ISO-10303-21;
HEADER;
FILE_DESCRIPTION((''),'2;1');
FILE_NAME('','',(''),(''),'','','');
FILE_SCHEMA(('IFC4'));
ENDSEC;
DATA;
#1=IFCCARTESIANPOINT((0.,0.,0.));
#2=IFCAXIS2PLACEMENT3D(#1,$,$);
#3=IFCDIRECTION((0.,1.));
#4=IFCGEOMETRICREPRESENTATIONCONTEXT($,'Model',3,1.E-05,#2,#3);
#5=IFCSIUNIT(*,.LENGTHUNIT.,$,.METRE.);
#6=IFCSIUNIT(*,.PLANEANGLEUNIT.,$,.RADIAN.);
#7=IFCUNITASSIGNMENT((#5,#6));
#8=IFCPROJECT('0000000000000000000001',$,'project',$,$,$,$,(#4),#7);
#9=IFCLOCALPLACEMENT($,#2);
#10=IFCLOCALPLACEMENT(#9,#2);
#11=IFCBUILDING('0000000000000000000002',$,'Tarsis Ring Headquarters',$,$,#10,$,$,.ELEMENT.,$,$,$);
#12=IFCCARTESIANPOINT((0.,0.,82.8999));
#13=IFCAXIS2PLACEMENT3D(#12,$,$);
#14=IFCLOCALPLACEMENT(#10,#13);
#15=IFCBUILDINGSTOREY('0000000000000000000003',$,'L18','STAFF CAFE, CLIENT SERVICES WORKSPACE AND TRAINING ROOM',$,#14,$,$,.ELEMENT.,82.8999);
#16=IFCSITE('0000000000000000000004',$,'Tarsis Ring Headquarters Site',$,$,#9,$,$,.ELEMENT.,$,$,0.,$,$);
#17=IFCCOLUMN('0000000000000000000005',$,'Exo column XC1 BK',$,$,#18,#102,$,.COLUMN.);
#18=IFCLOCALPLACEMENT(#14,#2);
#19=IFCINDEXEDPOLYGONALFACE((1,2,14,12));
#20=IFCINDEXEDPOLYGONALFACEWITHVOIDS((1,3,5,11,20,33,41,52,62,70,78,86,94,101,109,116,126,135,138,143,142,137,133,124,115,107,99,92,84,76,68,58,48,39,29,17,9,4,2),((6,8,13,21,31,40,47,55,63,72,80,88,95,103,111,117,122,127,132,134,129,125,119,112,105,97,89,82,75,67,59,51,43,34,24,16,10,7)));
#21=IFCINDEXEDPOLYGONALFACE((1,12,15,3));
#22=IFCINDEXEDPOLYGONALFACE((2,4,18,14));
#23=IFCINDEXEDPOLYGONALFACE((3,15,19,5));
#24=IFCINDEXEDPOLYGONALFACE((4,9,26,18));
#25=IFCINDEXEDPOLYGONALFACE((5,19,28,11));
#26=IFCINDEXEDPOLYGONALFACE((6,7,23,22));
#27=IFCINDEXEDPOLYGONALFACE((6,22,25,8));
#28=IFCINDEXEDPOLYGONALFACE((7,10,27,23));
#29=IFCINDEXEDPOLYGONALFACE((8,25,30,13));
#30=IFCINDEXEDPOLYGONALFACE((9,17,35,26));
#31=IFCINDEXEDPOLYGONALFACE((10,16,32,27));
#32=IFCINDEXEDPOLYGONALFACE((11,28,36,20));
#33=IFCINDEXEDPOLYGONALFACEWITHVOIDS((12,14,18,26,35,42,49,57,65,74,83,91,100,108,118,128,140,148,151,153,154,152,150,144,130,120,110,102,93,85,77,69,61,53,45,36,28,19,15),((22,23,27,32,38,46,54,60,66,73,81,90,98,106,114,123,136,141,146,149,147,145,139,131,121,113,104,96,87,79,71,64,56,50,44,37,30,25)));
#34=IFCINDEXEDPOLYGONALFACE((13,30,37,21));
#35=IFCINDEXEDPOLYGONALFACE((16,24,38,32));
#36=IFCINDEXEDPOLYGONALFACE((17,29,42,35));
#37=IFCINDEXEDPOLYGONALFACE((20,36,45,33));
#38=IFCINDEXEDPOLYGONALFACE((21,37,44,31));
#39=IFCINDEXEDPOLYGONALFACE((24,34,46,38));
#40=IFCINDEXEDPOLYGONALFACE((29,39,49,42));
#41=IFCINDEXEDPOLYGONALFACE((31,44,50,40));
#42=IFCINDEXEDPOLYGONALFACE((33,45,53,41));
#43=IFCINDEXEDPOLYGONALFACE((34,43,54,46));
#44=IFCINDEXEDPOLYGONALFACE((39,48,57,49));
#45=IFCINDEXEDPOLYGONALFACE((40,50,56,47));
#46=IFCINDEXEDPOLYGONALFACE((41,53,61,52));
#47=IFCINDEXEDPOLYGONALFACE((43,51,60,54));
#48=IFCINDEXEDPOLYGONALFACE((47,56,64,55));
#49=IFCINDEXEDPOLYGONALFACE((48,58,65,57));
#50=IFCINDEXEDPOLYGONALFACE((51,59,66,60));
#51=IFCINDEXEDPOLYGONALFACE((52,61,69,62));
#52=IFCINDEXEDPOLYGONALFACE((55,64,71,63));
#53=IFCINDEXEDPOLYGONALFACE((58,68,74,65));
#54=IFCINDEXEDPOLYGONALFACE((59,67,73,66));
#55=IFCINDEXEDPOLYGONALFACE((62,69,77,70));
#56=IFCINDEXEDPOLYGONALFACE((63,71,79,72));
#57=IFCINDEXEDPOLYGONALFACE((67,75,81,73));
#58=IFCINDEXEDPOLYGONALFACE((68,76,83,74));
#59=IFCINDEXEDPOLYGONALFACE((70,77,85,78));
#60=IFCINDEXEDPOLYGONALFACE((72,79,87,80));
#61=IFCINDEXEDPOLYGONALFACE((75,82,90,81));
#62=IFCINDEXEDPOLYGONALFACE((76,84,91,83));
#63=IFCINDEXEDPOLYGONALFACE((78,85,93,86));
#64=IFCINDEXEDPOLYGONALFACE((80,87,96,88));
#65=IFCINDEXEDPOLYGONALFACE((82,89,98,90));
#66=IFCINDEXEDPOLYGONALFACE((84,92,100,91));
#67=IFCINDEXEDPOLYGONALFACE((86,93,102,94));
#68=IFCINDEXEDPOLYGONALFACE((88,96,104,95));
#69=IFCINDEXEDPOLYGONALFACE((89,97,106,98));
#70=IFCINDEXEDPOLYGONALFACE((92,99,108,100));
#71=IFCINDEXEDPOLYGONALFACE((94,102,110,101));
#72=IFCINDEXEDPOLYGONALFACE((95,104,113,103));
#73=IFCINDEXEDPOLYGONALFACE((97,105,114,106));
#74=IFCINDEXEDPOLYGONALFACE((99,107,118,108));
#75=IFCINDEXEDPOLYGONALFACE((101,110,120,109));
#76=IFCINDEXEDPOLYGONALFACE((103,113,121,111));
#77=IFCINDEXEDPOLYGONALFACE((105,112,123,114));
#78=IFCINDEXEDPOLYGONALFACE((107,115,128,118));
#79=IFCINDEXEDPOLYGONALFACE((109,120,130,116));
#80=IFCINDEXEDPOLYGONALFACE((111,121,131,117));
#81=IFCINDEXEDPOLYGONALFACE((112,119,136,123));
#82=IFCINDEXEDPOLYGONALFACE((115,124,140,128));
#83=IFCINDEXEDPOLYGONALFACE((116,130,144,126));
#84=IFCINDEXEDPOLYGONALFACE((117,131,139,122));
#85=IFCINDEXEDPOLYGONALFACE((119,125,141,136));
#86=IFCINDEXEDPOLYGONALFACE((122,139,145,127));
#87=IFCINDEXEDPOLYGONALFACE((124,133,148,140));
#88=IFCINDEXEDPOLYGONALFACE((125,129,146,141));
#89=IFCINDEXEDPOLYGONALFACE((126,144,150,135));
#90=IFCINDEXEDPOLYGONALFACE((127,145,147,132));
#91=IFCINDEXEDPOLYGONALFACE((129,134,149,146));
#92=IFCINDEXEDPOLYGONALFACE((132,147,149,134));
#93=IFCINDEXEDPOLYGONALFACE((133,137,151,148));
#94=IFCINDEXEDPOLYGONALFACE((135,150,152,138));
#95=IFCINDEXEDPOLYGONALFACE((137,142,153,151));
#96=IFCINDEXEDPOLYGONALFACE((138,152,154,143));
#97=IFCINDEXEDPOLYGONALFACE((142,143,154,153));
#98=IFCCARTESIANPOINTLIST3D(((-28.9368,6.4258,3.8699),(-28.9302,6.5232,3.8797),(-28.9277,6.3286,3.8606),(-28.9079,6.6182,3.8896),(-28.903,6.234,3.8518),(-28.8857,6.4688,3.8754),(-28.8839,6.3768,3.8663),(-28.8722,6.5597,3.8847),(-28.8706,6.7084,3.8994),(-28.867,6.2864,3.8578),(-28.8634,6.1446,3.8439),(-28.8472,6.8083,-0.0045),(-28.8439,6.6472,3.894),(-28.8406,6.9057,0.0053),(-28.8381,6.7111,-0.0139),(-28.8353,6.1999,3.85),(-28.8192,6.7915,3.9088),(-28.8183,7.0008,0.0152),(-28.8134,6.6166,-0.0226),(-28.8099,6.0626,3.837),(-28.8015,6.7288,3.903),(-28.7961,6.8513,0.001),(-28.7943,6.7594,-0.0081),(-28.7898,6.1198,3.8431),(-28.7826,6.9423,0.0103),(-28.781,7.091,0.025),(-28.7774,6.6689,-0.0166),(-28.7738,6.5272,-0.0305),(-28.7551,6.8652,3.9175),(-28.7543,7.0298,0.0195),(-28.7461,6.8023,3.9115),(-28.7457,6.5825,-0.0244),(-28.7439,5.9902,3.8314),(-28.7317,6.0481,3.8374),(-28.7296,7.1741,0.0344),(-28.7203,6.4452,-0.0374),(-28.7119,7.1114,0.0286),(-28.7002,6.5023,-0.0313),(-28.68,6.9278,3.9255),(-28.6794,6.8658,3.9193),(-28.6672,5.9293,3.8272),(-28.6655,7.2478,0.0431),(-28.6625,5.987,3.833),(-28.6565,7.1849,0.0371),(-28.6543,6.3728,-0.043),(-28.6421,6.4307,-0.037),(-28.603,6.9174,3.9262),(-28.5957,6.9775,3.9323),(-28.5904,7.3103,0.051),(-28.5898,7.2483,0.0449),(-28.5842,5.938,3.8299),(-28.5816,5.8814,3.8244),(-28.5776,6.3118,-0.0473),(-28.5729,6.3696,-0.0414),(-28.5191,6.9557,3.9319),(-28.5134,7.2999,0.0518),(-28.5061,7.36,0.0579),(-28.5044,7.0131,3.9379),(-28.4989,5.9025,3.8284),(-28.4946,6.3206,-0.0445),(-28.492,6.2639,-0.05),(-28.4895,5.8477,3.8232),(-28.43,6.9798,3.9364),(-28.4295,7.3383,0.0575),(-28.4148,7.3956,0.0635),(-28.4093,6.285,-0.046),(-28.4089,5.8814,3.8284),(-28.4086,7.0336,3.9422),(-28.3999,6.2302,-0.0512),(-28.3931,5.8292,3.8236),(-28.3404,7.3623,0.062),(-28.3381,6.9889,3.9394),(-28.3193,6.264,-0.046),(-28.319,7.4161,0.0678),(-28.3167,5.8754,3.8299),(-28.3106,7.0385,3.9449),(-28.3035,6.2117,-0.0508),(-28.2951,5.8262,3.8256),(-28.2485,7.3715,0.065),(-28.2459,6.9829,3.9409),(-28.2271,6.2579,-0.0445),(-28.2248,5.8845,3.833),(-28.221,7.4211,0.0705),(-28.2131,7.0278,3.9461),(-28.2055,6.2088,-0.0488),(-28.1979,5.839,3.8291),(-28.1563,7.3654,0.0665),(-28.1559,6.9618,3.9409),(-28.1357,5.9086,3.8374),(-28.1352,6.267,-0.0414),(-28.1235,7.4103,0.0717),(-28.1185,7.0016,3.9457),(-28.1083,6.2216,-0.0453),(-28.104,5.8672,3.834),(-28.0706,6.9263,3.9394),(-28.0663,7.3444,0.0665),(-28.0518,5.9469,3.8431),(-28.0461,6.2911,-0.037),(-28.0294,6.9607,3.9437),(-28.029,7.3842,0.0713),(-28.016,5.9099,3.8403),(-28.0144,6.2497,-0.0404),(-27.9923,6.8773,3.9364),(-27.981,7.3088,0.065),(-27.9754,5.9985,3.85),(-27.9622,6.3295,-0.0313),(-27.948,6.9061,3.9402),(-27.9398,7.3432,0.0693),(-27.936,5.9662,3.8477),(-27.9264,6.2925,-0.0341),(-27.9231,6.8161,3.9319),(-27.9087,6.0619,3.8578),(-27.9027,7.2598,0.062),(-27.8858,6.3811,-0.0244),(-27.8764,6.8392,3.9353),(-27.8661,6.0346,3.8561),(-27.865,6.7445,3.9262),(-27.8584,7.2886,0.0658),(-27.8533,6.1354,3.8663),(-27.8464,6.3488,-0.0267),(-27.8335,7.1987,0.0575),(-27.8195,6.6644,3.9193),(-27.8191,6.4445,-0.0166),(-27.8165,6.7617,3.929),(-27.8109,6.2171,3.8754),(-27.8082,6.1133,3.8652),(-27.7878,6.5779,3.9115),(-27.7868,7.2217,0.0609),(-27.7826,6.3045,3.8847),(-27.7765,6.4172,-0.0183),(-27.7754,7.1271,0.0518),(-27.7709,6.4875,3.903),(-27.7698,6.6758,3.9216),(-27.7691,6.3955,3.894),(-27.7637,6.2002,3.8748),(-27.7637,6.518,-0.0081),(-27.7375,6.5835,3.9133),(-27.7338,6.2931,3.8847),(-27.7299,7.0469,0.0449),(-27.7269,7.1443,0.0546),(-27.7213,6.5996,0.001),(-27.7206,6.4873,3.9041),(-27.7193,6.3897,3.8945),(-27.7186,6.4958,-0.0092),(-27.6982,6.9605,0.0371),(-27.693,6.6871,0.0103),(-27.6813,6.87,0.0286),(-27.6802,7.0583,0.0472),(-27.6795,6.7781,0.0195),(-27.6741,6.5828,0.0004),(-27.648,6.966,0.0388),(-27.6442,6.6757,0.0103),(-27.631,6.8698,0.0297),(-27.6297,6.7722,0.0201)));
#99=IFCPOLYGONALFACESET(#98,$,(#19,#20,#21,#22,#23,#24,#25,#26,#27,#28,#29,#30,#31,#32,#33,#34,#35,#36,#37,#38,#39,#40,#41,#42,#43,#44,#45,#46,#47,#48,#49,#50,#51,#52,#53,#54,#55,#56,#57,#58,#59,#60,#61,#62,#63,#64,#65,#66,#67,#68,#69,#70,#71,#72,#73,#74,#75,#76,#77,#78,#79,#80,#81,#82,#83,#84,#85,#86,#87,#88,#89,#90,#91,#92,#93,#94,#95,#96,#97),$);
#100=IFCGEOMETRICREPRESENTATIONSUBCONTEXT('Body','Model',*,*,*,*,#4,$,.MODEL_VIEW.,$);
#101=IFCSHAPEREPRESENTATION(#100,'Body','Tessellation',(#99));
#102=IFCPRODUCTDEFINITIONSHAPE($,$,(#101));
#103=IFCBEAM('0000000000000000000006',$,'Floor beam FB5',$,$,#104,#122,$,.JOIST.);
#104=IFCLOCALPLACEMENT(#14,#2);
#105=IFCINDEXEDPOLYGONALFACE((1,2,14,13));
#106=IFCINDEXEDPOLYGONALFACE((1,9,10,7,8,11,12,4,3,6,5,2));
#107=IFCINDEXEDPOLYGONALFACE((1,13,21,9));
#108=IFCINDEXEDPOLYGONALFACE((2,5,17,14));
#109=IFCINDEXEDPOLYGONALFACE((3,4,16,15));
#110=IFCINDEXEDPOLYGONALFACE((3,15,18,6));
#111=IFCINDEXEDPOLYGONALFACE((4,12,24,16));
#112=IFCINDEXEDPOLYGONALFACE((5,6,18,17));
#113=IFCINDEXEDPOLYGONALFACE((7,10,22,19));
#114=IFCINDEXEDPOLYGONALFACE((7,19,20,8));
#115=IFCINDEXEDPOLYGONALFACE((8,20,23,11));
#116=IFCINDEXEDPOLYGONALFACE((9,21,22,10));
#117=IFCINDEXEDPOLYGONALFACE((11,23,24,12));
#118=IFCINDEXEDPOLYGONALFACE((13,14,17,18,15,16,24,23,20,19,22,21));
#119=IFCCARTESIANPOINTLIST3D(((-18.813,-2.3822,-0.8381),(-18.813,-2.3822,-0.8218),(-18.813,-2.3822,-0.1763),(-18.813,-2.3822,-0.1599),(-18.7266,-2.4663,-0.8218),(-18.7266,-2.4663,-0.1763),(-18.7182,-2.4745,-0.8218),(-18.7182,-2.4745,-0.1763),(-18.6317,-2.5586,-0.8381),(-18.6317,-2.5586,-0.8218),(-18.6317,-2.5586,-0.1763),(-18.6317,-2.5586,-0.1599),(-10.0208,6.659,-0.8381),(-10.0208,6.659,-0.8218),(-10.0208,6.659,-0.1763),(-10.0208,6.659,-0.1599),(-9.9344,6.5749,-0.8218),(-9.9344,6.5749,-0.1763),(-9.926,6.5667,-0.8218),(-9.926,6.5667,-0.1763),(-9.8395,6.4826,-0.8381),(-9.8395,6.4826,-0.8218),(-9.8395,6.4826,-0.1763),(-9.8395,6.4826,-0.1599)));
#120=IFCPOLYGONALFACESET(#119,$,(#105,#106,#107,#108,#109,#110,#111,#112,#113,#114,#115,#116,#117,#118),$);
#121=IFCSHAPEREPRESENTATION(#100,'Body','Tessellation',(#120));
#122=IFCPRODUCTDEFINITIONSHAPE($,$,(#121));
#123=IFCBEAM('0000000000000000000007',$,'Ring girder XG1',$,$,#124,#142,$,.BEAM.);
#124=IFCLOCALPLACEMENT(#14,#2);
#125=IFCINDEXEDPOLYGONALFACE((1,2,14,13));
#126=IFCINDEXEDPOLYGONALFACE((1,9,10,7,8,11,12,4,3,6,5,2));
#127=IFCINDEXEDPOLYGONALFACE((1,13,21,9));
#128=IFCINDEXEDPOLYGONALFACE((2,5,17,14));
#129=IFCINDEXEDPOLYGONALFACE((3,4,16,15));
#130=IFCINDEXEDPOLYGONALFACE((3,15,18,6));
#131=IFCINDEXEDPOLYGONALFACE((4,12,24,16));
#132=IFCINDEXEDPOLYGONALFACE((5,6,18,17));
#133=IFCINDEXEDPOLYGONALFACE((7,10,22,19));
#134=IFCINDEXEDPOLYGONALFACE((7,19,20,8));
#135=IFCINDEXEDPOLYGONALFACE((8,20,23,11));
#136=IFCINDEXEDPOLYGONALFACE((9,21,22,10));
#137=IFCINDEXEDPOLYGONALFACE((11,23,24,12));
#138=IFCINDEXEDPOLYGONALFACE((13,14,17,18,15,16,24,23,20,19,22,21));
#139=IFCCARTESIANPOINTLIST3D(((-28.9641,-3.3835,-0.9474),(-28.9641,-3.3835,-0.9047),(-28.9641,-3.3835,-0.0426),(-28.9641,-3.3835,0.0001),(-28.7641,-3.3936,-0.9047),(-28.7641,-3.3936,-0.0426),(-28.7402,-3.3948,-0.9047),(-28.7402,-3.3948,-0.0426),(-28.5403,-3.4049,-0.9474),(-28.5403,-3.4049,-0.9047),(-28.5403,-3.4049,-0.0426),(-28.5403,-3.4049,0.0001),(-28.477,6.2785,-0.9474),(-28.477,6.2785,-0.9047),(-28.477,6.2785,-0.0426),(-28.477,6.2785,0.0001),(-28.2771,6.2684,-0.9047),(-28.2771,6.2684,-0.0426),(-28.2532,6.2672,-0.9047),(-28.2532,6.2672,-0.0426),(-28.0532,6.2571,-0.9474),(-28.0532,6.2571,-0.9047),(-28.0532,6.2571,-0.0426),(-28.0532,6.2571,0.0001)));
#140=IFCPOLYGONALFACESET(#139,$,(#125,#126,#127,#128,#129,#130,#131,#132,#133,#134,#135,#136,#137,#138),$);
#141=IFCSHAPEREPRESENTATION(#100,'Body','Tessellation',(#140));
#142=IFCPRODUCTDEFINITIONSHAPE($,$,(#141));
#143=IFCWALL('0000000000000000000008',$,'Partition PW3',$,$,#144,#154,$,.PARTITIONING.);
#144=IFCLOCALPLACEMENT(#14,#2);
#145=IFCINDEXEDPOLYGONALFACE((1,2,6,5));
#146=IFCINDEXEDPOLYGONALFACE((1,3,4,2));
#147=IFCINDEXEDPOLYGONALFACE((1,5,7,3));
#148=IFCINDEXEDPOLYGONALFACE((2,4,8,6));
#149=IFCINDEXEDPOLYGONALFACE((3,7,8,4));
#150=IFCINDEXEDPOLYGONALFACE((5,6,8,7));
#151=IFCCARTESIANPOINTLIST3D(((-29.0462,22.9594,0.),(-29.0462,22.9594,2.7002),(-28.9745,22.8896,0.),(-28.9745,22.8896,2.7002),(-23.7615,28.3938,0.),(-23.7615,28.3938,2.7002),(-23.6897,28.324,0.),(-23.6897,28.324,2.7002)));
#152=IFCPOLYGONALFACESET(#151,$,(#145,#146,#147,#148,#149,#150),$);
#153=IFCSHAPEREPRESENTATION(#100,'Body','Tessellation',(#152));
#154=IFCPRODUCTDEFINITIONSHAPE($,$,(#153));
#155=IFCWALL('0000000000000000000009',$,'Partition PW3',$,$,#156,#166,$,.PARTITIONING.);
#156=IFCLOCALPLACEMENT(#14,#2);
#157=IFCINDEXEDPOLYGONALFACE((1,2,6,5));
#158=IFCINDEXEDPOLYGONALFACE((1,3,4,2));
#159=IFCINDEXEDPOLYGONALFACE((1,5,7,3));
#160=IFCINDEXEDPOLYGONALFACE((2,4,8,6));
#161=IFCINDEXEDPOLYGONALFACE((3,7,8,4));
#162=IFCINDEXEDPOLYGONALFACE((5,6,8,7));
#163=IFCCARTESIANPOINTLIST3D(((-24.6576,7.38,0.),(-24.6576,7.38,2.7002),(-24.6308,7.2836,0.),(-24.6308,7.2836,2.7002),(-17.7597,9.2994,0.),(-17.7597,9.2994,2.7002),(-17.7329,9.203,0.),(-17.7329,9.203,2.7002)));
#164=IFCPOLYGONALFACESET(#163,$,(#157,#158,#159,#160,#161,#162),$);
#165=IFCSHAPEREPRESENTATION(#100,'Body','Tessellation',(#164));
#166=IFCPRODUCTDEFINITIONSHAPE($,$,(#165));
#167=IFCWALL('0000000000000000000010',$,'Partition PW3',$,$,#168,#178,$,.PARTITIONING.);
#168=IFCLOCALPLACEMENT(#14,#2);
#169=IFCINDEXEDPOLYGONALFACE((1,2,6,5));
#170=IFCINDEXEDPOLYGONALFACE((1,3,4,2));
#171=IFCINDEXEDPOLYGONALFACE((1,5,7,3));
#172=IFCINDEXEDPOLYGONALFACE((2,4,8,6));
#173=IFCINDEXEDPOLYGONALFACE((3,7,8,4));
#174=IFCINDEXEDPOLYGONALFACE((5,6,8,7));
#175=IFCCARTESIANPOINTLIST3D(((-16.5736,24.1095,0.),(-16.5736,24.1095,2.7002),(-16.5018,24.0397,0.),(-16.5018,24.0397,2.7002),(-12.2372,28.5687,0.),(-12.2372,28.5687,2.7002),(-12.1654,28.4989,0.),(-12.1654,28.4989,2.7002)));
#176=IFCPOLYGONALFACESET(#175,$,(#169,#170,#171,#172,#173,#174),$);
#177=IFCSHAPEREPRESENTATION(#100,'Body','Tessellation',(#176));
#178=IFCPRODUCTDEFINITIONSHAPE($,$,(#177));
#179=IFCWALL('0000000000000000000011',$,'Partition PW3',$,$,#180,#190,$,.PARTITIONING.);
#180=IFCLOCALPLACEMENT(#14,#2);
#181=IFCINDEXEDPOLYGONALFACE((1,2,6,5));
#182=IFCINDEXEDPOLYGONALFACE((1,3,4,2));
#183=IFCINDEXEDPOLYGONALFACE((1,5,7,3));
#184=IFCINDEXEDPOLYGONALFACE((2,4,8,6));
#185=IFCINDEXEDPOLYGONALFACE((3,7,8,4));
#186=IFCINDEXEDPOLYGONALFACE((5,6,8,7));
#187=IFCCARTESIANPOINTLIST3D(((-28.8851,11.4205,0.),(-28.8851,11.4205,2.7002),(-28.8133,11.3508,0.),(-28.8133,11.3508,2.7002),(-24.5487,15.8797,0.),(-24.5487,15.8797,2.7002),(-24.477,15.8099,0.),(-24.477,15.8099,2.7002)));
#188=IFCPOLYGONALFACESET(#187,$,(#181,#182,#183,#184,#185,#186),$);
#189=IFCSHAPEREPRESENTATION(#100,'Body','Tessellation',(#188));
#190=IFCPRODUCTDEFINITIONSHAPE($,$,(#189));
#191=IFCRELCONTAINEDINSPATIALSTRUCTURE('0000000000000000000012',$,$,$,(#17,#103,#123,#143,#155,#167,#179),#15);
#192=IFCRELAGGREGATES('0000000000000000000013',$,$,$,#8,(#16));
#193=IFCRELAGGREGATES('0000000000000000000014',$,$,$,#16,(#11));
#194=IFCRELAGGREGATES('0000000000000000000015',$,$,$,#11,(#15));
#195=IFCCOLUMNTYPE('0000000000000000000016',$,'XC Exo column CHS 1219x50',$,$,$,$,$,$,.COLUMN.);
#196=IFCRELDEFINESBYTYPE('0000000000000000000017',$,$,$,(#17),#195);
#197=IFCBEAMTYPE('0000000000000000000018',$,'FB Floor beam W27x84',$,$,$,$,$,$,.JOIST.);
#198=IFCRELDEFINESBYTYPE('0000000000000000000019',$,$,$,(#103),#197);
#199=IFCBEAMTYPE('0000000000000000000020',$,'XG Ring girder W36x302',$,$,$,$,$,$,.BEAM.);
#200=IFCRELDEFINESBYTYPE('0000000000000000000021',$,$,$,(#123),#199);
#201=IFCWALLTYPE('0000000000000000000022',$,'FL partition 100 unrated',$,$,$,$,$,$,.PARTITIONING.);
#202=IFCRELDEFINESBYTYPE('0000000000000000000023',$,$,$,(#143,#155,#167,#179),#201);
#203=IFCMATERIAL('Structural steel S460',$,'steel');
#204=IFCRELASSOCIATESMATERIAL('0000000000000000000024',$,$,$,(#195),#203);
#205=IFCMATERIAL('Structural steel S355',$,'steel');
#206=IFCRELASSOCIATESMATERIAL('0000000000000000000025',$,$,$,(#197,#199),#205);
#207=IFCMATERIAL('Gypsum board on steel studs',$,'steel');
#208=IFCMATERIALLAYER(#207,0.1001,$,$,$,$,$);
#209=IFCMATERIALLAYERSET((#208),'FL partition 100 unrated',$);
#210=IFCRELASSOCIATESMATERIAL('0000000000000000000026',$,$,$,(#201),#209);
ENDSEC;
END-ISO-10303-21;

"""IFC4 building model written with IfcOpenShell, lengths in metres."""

from ifc_helpers import new_model, si_unit, direction, frame, frame_2d, origin, origin_2d, place, context, subcontext, project, spatial, rectangle, hollow_circle, i_section, extrude, material, layer, layer_set, material_profile, profile_set, type_object, element, save


model = new_model("IFC4")

# Units and contexts
model_context = context("Model", 3, precision=1e-05, world=origin(), true_north=direction((0.0, 1.0)))
body_context = subcontext(model_context, "Body", "Model", "MODEL_VIEW")
ifc_project = project(units=[si_unit("LENGTHUNIT", "METRE"), si_unit("PLANEANGLEUNIT", "RADIAN")], contexts=[model_context])

# Site, building, storey
site_placement = place(None, origin())
site = spatial("IfcSite", under=ifc_project, at=site_placement, Name="Tarsis Ring Headquarters Site", CompositionType="ELEMENT", RefElevation=0.0)
building_placement = place(site_placement, origin())
building = spatial("IfcBuilding", under=site, at=building_placement, Name="Tarsis Ring Headquarters", CompositionType="ELEMENT")
storey_placement = place(building_placement, frame((0.0, 0.0, 82.8999)))
storey = spatial("IfcBuildingStorey", under=building, at=storey_placement, Name="L18", Description="STAFF CAFE, CLIENT SERVICES WORKSPACE AND TRAINING ROOM", CompositionType="ELEMENT", Elevation=82.8999)

# Column
ifc_material_1 = material(Name="Structural steel S460", Category="steel")
ifc_material_profile_1 = material_profile(ifc_material_1, hollow_circle(Radius=0.6096, WallThickness=0.05, at=origin_2d()), Name="CHS 1219x50")
ifc_profile_set_1 = profile_set([ifc_material_profile_1], Name="Structural steel S460")
column_type = type_object("IfcColumnType", Name="XC Exo column CHS 1219x50", PredefinedType="COLUMN", material=ifc_profile_set_1)
column_placement = place(storey_placement, frame((-28.2378, 6.8147, 0.0103), z_axis=(-0.023007, -0.098236, 0.994897), x_axis=(0.973653, -0.228035, 0.0)))
element("IfcColumn", 1, at=column_placement, inside=storey, type_object=column_type, Name="Exo column XC1 BK", PredefinedType="COLUMN", context=body_context, shape_type="SweptSolid", body=[
    extrude(hollow_circle(Radius=0.6096, WallThickness=0.05, at=origin_2d()), origin(), (0.0, 0.0, 1.0), 3.8943),
])

# Beams
ifc_material_2 = material(Name="Structural steel S355", Category="steel")
ifc_material_profile_2 = material_profile(ifc_material_2, i_section(OverallWidth=0.2529, OverallDepth=0.6782, WebThickness=0.0117, FlangeThickness=0.0164, at=origin_2d()), Name="W27x84")
ifc_profile_set_2 = profile_set([ifc_material_profile_2], Name="Structural steel S355")
beam_type_1 = type_object("IfcBeamType", Name="FB Floor beam W27x84", PredefinedType="JOIST", material=ifc_profile_set_2)
beam_1_placement = place(storey_placement, frame((-9.9302, 6.5708, -0.499), z_axis=(-0.697165, -0.716911, 0.0), x_axis=(0.716911, -0.697165, 0.0)))
element("IfcBeam", 2, at=beam_1_placement, inside=storey, type_object=beam_type_1, Name="Floor beam FB5", PredefinedType="JOIST", context=body_context, shape_type="SweptSolid", body=[
    extrude(i_section(OverallWidth=0.2529, OverallDepth=0.6782, WebThickness=0.0117, FlangeThickness=0.0164, at=origin_2d()), origin(), (0.0, 0.0, 1.0), 12.6113),
])
ifc_material_profile_3 = material_profile(ifc_material_2, i_section(OverallWidth=0.4243, OverallDepth=0.9475, WebThickness=0.0239, FlangeThickness=0.0427, at=origin_2d()), Name="W36x302")
ifc_profile_set_3 = profile_set([ifc_material_profile_3], Name="Structural steel S355")
beam_type_2 = type_object("IfcBeamType", Name="XG Ring girder W36x302", PredefinedType="BEAM", material=ifc_profile_set_3)
beam_2_placement = place(storey_placement, frame((-28.2651, 6.2678, -0.4736), z_axis=(-0.050345, -0.998732, 0.0), x_axis=(0.998732, -0.050345, 0.0)))
element("IfcBeam", 3, at=beam_2_placement, inside=storey, type_object=beam_type_2, Name="Ring girder XG1", PredefinedType="BEAM", context=body_context, shape_type="SweptSolid", body=[
    extrude(i_section(OverallWidth=0.4243, OverallDepth=0.9475, WebThickness=0.0239, FlangeThickness=0.0427, at=origin_2d()), origin(), (0.0, 0.0, 1.0), 9.6743),
])

# Walls
ifc_material_3 = material(Name="Gypsum board on steel studs", Category="steel")
ifc_layer_1 = layer(ifc_material_3, 0.1001)
ifc_layer_set_1 = layer_set([ifc_layer_1], Name="FL partition 100 unrated")
wall_type_1 = type_object("IfcWallType", Name="FL partition 100 unrated", PredefinedType="PARTITIONING", material=ifc_layer_set_1)
wall_1_placement = place(storey_placement, frame((-29.0103, 22.9246, 0.0), z_axis=(0.0, 0.0, 1.0), x_axis=(0.697166, 0.71691, 0.0)))
element("IfcWall", 4, at=wall_1_placement, inside=storey, type_object=wall_type_1, Name="Partition PW3", PredefinedType="PARTITIONING", context=body_context, shape_type="SweptSolid", body=[
    extrude(rectangle(XDim=7.5803, YDim=0.1001, at=frame_2d((3.79, 0.0))), origin(), (0.0, 0.0, 1.0), 2.7002),
])
wall_2_placement = place(storey_placement, frame((-24.6443, 7.3318, 0.0), z_axis=(0.0, 0.0, 1.0), x_axis=(0.963398, 0.268076, 0.0)))
element("IfcWall", 5, at=wall_2_placement, inside=storey, type_object=wall_type_1, Name="Partition PW3", PredefinedType="PARTITIONING", context=body_context, shape_type="SweptSolid", body=[
    extrude(rectangle(XDim=7.1599, YDim=0.1001, at=frame_2d((3.5801, 0.0))), origin(), (0.0, 0.0, 1.0), 2.7002),
])
for number, where, z_axis, x_axis, name in (
    (6, (-16.5376, 24.0747, 0.0), (0.0, 0.0, 1.0), (0.697166, 0.716909, 0.0), "Partition PW3"),
    (7, (-28.8491, 11.3857, 0.0), (0.0, 0.0, 1.0), (0.697166, 0.716909, 0.0), "Partition PW3"),
):
    element("IfcWall", number, at=place(storey_placement, frame(where, z_axis=z_axis, x_axis=x_axis)), inside=storey, type_object=wall_type_1, Name=name, PredefinedType="PARTITIONING", context=body_context, shape_type="SweptSolid", body=[
        extrude(rectangle(XDim=6.22, YDim=0.1001, at=frame_2d((3.1099, 0.0))), origin(), (0.0, 0.0, 1.0), 2.7002),
    ])

save(model, "model.ifc")
